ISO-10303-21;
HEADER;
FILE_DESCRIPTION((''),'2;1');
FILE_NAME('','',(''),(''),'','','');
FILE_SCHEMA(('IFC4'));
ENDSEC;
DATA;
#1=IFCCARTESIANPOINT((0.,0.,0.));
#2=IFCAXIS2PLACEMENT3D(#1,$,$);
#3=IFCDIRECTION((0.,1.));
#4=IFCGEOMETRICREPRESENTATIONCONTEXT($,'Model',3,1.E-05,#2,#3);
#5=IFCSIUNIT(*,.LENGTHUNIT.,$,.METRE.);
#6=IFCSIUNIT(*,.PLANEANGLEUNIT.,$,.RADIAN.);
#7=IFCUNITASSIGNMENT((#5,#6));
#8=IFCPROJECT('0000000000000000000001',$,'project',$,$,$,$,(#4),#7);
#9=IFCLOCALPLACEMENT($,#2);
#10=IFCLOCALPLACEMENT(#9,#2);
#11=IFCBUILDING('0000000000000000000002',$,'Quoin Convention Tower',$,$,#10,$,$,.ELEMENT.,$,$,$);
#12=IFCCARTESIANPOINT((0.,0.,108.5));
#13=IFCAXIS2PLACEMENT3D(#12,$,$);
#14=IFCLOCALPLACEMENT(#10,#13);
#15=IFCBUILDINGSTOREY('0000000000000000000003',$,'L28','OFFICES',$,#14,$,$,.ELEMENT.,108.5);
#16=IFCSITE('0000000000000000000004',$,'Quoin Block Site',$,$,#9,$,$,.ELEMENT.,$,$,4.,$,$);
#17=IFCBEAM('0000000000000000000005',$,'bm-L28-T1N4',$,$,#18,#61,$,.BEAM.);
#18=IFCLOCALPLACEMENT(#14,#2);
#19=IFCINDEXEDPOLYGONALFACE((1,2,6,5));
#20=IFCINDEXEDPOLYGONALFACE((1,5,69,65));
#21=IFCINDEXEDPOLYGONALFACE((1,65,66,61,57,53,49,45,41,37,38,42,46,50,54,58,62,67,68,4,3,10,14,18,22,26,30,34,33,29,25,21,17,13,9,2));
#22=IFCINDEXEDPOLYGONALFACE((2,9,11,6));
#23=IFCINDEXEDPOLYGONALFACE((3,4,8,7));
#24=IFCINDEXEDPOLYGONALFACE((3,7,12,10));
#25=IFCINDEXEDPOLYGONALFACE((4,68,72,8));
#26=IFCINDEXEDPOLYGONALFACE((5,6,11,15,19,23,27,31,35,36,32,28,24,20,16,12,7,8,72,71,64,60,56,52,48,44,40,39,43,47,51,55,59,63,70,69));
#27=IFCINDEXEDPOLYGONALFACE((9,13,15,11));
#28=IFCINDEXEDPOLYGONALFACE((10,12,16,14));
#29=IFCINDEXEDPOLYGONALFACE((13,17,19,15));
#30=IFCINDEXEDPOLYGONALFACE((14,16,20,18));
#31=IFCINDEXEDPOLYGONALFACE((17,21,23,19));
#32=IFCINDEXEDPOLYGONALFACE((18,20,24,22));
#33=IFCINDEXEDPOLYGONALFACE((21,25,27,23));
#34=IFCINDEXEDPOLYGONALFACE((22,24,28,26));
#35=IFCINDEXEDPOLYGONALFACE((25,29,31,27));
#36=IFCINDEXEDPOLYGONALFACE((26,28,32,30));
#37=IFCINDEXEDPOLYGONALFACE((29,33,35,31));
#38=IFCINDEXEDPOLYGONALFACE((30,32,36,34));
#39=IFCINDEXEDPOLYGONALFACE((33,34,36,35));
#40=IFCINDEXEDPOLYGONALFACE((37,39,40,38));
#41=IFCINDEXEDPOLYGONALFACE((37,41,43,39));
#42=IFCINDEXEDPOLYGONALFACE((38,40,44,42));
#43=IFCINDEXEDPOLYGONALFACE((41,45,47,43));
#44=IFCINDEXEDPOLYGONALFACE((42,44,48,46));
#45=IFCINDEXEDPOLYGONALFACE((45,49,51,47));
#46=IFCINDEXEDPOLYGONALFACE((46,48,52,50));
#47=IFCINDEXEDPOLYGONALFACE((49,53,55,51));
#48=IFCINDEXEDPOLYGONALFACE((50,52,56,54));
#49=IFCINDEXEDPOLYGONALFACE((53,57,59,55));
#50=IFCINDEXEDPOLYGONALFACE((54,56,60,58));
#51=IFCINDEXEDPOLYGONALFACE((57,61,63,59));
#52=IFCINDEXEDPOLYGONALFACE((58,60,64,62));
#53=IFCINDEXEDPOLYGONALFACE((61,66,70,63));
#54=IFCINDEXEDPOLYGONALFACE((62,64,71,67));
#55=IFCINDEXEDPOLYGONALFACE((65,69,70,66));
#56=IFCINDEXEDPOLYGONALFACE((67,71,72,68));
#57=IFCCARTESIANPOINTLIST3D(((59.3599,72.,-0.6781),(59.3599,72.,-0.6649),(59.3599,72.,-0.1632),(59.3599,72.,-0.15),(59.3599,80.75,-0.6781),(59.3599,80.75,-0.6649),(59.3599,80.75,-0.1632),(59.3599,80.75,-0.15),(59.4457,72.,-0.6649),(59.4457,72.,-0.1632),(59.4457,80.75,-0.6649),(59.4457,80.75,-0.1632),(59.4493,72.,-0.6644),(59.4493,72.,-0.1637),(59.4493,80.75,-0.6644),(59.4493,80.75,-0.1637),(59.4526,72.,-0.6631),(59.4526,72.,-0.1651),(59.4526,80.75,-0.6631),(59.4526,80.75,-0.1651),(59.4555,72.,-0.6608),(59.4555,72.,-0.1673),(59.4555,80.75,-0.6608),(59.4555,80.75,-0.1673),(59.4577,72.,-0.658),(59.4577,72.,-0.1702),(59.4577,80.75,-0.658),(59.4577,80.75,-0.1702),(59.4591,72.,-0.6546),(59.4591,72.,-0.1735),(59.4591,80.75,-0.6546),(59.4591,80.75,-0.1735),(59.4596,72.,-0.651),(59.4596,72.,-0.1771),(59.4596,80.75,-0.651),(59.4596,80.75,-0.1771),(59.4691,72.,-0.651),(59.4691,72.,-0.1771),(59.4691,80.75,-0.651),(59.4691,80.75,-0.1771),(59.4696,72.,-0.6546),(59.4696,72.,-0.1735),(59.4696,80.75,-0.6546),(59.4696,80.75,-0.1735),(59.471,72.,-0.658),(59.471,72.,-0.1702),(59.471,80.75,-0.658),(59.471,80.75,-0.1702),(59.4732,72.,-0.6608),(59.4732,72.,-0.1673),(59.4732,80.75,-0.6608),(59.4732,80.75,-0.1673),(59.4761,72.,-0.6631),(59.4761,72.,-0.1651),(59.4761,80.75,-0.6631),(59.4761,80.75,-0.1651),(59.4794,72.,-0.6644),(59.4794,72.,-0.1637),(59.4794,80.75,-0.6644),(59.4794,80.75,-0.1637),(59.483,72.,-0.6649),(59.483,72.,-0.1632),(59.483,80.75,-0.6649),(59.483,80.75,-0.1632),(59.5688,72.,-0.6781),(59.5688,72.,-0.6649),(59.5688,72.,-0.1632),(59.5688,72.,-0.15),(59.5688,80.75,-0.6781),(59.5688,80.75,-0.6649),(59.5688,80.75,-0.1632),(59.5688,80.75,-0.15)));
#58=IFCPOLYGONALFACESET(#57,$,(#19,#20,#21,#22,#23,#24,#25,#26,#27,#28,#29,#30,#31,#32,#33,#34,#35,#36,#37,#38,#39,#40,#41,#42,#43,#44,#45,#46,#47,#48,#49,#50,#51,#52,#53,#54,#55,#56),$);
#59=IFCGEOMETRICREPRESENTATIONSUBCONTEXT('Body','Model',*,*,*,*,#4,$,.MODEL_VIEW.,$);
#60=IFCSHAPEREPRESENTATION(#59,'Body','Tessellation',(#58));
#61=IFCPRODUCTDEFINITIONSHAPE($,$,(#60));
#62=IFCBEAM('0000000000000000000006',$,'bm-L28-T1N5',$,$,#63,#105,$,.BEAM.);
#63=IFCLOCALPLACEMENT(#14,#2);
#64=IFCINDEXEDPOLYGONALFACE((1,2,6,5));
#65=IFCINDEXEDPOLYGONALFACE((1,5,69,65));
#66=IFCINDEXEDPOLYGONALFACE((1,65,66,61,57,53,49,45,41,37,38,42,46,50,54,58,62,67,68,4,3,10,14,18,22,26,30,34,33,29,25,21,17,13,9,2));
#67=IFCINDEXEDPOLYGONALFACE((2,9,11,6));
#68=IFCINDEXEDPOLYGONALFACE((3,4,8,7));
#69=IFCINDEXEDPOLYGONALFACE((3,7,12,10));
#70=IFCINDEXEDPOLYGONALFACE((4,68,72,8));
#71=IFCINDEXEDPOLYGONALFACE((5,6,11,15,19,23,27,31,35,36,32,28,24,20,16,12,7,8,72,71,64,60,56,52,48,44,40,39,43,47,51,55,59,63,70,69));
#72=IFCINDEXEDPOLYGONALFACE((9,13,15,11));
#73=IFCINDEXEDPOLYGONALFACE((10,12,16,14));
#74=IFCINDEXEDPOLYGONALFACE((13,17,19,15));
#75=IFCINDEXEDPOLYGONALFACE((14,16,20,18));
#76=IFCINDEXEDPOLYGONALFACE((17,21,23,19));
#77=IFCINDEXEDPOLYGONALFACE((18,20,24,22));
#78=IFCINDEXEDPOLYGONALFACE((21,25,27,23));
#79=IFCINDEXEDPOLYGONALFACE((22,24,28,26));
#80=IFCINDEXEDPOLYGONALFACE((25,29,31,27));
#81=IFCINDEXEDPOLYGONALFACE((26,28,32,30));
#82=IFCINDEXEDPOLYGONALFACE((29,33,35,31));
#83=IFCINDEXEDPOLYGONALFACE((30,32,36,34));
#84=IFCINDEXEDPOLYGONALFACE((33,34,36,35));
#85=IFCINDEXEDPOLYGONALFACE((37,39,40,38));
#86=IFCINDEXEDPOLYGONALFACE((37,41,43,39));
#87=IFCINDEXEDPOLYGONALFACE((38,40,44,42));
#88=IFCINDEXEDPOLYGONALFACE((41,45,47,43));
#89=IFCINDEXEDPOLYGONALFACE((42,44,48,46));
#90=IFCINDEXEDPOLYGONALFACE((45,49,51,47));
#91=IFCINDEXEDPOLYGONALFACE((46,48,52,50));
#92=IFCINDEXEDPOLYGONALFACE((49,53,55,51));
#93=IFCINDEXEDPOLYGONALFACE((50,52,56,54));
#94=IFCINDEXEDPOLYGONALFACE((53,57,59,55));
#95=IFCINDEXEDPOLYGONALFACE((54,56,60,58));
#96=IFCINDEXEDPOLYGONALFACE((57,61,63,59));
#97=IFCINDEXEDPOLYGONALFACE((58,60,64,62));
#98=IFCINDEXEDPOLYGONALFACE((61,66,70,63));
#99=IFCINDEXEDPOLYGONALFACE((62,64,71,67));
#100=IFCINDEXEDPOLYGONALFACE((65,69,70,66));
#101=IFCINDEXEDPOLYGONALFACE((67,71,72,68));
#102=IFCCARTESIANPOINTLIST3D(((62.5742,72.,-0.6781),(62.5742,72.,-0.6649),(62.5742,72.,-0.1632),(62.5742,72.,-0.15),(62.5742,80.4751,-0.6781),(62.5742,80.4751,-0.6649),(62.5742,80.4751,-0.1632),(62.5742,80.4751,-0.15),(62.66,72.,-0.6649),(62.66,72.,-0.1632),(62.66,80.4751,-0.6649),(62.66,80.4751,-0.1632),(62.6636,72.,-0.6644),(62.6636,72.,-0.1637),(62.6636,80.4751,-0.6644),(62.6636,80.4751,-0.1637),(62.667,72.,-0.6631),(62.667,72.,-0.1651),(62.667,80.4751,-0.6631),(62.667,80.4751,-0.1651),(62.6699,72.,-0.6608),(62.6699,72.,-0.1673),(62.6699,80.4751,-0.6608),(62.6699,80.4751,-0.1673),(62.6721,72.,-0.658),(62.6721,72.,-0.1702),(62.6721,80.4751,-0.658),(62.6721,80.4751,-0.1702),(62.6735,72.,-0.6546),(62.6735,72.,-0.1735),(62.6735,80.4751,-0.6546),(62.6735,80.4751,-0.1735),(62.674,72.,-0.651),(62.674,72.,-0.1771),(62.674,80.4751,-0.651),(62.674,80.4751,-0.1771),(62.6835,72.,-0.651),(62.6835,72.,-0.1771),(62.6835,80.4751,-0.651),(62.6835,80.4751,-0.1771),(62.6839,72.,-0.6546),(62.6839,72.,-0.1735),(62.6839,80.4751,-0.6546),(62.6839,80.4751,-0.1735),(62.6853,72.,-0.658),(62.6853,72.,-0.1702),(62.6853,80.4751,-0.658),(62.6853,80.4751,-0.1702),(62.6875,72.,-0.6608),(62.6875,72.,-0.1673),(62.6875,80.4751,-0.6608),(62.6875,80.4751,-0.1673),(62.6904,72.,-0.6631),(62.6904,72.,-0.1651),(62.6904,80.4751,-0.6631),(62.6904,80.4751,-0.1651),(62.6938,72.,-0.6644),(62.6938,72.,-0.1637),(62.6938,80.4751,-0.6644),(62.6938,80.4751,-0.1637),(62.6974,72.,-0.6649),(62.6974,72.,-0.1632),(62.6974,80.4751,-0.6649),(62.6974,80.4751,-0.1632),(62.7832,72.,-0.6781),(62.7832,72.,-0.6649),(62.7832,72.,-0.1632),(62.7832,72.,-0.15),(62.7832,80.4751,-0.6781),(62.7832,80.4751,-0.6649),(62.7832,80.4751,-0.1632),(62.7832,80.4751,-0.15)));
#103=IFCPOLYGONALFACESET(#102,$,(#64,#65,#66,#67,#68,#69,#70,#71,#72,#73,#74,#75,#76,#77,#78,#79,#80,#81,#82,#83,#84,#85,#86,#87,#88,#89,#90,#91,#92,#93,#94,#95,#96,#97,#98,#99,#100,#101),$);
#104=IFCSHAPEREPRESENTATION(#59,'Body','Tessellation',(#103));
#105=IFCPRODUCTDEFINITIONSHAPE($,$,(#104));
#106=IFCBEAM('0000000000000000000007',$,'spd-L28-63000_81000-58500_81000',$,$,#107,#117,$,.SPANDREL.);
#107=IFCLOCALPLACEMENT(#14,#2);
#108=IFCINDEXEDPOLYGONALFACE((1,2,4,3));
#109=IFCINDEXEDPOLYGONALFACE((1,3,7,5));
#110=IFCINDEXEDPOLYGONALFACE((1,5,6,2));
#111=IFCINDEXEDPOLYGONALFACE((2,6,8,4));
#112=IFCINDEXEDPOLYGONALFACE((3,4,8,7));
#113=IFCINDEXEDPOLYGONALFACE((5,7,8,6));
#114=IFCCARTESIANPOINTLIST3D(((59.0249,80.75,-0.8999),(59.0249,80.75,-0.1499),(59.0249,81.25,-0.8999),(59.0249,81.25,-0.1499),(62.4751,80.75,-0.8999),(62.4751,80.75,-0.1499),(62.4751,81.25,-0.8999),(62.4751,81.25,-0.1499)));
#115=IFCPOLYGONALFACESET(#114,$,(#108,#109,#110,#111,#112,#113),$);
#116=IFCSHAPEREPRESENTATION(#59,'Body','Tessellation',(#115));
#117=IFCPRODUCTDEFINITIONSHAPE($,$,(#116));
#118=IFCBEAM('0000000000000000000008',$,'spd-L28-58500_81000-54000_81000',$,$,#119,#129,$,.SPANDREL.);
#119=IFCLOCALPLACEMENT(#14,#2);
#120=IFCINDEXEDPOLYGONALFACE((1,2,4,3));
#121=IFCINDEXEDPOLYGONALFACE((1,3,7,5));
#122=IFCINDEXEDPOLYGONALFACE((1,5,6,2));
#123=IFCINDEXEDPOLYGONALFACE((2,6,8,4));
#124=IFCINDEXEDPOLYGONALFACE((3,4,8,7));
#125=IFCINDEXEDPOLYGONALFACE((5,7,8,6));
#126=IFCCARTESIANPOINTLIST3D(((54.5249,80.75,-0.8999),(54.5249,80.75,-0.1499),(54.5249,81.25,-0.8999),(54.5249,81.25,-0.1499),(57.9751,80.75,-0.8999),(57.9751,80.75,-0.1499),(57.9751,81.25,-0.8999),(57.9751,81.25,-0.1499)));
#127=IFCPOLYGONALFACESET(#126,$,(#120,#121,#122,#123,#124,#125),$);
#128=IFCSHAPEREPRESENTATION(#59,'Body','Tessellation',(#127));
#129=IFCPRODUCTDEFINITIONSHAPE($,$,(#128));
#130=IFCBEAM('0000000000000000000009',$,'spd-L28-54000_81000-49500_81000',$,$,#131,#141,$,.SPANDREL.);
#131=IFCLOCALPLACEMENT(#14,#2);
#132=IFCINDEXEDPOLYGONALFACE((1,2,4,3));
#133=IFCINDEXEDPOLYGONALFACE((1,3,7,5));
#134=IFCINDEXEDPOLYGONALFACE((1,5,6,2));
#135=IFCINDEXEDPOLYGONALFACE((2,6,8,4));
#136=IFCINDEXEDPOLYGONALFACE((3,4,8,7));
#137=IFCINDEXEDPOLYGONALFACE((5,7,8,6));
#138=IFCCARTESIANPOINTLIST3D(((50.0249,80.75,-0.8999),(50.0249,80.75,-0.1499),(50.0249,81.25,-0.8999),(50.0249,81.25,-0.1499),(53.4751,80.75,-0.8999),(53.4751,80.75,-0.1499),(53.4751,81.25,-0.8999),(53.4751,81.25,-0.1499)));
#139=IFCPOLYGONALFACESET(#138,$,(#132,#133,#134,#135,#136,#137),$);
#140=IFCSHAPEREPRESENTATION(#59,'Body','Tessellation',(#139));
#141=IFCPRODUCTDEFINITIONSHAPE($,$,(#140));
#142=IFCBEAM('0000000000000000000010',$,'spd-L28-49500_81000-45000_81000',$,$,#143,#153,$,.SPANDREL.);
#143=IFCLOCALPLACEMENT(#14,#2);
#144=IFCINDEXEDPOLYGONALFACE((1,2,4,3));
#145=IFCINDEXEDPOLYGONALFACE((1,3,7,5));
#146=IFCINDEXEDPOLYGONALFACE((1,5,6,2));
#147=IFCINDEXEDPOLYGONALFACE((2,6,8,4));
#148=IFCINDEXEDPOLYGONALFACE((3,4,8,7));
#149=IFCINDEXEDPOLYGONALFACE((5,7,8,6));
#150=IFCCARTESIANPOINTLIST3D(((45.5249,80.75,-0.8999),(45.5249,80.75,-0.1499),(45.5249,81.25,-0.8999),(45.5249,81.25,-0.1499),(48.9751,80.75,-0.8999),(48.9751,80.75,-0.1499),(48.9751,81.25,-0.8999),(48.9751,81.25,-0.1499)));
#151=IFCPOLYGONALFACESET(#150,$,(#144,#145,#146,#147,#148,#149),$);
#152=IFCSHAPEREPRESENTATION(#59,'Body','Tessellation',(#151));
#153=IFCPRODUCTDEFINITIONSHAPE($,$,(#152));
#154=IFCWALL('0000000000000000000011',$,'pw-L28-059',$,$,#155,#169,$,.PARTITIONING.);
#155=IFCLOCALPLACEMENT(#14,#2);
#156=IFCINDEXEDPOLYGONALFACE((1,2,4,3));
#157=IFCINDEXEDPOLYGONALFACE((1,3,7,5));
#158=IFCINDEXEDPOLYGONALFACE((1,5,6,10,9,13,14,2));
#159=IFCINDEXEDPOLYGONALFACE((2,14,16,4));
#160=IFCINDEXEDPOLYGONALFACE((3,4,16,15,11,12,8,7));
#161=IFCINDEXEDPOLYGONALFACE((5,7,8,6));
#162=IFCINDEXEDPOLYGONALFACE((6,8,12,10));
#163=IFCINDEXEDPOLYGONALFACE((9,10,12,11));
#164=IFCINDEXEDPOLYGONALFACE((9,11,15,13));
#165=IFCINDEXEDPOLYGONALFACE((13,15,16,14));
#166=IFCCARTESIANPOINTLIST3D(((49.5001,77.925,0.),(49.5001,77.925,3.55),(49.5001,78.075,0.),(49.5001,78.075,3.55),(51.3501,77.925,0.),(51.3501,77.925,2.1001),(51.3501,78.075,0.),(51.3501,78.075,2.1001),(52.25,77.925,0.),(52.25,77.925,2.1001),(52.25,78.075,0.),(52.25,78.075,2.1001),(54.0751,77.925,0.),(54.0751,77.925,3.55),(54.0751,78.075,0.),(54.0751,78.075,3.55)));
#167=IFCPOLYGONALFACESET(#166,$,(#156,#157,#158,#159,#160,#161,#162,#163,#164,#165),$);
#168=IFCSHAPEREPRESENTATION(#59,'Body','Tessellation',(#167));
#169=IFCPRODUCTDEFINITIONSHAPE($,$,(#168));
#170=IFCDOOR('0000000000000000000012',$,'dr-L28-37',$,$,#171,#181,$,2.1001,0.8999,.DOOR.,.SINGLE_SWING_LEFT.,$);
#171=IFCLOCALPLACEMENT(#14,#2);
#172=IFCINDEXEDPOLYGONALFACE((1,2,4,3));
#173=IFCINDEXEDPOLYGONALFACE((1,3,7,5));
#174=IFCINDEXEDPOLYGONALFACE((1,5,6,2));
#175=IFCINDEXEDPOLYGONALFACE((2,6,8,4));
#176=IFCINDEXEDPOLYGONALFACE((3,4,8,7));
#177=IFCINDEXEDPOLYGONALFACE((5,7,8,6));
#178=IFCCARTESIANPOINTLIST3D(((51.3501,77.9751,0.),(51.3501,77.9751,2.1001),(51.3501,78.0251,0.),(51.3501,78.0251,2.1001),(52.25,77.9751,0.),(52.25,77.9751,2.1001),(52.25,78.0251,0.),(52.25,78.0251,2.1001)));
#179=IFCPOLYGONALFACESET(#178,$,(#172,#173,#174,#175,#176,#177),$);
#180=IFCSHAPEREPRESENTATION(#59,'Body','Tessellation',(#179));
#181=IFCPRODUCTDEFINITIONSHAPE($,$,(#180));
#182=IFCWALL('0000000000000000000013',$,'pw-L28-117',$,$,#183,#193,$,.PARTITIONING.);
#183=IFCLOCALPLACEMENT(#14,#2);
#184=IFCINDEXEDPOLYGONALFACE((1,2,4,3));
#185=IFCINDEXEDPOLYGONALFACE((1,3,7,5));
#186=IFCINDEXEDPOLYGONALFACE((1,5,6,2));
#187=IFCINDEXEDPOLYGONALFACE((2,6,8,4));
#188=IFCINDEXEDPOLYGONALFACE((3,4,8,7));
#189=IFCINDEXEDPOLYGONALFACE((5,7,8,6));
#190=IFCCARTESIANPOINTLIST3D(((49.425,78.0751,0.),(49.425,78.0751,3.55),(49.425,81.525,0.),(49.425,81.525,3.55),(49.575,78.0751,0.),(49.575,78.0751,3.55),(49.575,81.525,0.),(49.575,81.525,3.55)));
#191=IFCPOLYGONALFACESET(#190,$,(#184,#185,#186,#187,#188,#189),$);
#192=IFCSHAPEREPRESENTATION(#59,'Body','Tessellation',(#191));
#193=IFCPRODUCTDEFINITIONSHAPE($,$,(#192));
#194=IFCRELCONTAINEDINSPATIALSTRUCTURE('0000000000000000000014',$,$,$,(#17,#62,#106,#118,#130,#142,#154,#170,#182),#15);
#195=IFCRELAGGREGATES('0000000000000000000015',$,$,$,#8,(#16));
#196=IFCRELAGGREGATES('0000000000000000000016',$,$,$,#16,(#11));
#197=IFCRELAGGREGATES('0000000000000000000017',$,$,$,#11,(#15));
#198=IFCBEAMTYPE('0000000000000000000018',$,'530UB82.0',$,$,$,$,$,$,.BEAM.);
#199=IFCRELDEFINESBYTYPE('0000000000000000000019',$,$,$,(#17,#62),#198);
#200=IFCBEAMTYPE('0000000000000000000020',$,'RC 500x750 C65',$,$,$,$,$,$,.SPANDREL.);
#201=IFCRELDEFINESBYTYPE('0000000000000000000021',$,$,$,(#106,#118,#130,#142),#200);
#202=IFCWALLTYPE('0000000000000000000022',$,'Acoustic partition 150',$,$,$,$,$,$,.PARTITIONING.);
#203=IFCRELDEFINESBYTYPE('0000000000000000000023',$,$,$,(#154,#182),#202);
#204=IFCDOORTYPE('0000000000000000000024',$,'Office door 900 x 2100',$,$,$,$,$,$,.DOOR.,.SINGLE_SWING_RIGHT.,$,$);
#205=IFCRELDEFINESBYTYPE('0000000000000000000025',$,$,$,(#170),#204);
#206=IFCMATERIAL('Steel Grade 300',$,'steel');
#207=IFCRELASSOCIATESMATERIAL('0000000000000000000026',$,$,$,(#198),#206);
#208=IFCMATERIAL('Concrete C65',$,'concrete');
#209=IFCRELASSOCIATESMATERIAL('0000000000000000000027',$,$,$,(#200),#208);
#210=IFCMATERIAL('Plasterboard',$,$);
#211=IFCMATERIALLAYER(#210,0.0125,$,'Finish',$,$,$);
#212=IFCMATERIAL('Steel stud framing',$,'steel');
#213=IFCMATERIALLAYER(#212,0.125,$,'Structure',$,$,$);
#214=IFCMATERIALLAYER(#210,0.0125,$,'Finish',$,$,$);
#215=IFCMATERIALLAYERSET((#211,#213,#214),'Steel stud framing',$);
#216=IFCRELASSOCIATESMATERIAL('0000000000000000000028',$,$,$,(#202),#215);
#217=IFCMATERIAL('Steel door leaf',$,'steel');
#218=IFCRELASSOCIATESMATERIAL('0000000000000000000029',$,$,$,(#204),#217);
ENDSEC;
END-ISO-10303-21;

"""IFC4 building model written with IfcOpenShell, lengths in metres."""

from ifc_helpers import new_model, si_unit, direction, frame, frame_2d, origin, origin_2d, place, context, subcontext, project, spatial, rectangle, i_section, extrude, material, layer, layer_set, material_profile, profile_set, type_object, element, fill, save


model = new_model("IFC4")

# Units and contexts
model_context = context("Model", 3, precision=1e-05, world=origin(), true_north=direction((0.0, 1.0)))
body_context = subcontext(model_context, "Body", "Model", "MODEL_VIEW")
ifc_project = project(units=[si_unit("LENGTHUNIT", "METRE"), si_unit("PLANEANGLEUNIT", "RADIAN")], contexts=[model_context])

# Site, building, storey
site_placement = place(None, origin())
site = spatial("IfcSite", under=ifc_project, at=site_placement, Name="Quoin Block Site", CompositionType="ELEMENT", RefElevation=4.0)
building_placement = place(site_placement, origin())
building = spatial("IfcBuilding", under=site, at=building_placement, Name="Quoin Convention Tower", CompositionType="ELEMENT")
storey_placement = place(building_placement, frame((0.0, 0.0, 108.5)))
storey = spatial("IfcBuildingStorey", under=building, at=storey_placement, Name="L28", Description="OFFICES", CompositionType="ELEMENT", Elevation=108.5)

# Shared definitions
ifc_material_1 = material(Name="Concrete C65", Category="concrete")

# Beams
ifc_material_2 = material(Name="Steel Grade 300", Category="steel")
ifc_material_profile_1 = material_profile(ifc_material_2, i_section(OverallWidth=0.209, OverallDepth=0.5281, WebThickness=0.0095, FlangeThickness=0.0132, FilletRadius=0.0139, at=origin_2d()), Name="530UB82.0")
ifc_profile_set_1 = profile_set([ifc_material_profile_1], Name="Steel Grade 300")
beam_type_1 = type_object("IfcBeamType", Name="530UB82.0", PredefinedType="BEAM", material=ifc_profile_set_1)
for number, where, z_axis, x_axis, name in (
    (1, (59.4644, 72.0, -0.4141), (0.0, 1.0, 0.0), (-1.0, 0.0, 0.0), "bm-L28-T1N4"),
):
    element("IfcBeam", number, at=place(storey_placement, frame(where, z_axis=z_axis, x_axis=x_axis)), inside=storey, type_object=beam_type_1, Name=name, PredefinedType="BEAM", context=body_context, shape_type="SweptSolid", body=[
        extrude(i_section(OverallWidth=0.209, OverallDepth=0.5281, WebThickness=0.0095, FlangeThickness=0.0132, FilletRadius=0.0139, at=origin_2d()), origin(), (0.0, 0.0, 1.0), 8.75),
    ])
beam_1_placement = place(storey_placement, frame((62.6787, 72.0, -0.4141), z_axis=(0.0, 1.0, 0.0), x_axis=(-1.0, 0.0, 0.0)))
element("IfcBeam", 2, at=beam_1_placement, inside=storey, type_object=beam_type_1, Name="bm-L28-T1N5", PredefinedType="BEAM", context=body_context, shape_type="SweptSolid", body=[
    extrude(i_section(OverallWidth=0.209, OverallDepth=0.5281, WebThickness=0.0095, FlangeThickness=0.0132, FilletRadius=0.0139, at=origin_2d()), origin(), (0.0, 0.0, 1.0), 8.4751),
])
ifc_material_profile_2 = material_profile(ifc_material_1, rectangle(XDim=0.5, YDim=0.75, at=origin_2d()), Name="RC 500x750")
ifc_profile_set_2 = profile_set([ifc_material_profile_2], Name="Concrete C65")
beam_type_2 = type_object("IfcBeamType", Name="RC 500x750 C65", PredefinedType="SPANDREL", material=ifc_profile_set_2)
for number, where, z_axis, x_axis, name in (
    (3, (62.4751, 81.0, -0.5249), (-1.0, 0.0, 0.0), (0.0, -1.0, 0.0), "spd-L28-63000_81000-58500_81000"),
    (4, (57.9751, 81.0, -0.5249), (-1.0, 0.0, 0.0), (0.0, -1.0, 0.0), "spd-L28-58500_81000-54000_81000"),
    (5, (53.4751, 81.0, -0.5249), (-1.0, 0.0, 0.0), (0.0, -1.0, 0.0), "spd-L28-54000_81000-49500_81000"),
    (6, (48.9751, 81.0, -0.5249), (-1.0, 0.0, 0.0), (0.0, -1.0, 0.0), "spd-L28-49500_81000-45000_81000"),
):
    element("IfcBeam", number, at=place(storey_placement, frame(where, z_axis=z_axis, x_axis=x_axis)), inside=storey, type_object=beam_type_2, Name=name, PredefinedType="SPANDREL", context=body_context, shape_type="SweptSolid", body=[
        extrude(rectangle(XDim=0.5, YDim=0.75, at=origin_2d()), origin(), (0.0, 0.0, 1.0), 3.4502),
    ])

# Wall, opening, door
ifc_material_3 = material(Name="Plasterboard")
ifc_layer_1 = layer(ifc_material_3, 0.0125, Name="Finish")
ifc_material_4 = material(Name="Steel stud framing", Category="steel")
ifc_layer_2 = layer(ifc_material_4, 0.125, Name="Structure")
ifc_layer_3 = layer(ifc_material_3, 0.0125, Name="Finish")
ifc_layer_set_1 = layer_set([ifc_layer_1, ifc_layer_2, ifc_layer_3], Name="Steel stud framing")
wall_type_1 = type_object("IfcWallType", Name="Acoustic partition 150", PredefinedType="PARTITIONING", material=ifc_layer_set_1)
wall_1_placement = place(storey_placement, frame((49.5, 78.0, 0.0), z_axis=(0.0, 0.0, 1.0), x_axis=(1.0, 0.0, 0.0)))
wall_1 = element("IfcWall", 7, at=wall_1_placement, inside=storey, type_object=wall_type_1, Name="pw-L28-059", PredefinedType="PARTITIONING", context=body_context, shape_type="SweptSolid", body=[
    extrude(rectangle(XDim=4.575, YDim=0.1499, at=frame_2d((2.2876, 0.0))), origin(), (0.0, 0.0, 1.0), 3.55),
])
opening_1_placement = place(wall_1_placement, frame((1.8501, 0.0, 0.0)))
opening_1 = element("IfcOpeningElement", 8, at=opening_1_placement, cuts=wall_1, PredefinedType="OPENING", context=body_context, shape_type="SweptSolid", body=[
    extrude(rectangle(XDim=0.8999, YDim=2.1001, at=frame_2d((0.45, 1.05))), frame((0.0, 0.085, 0.0), z_axis=(0.0, -1.0, 0.0), x_axis=(1.0, 0.0, 0.0)), (0.0, 0.0, 1.0), 0.1699),
])
ifc_material_5 = material(Name="Steel door leaf", Category="steel")
door_type_1 = type_object("IfcDoorType", Name="Office door 900 x 2100", OperationType="SINGLE_SWING_RIGHT", PredefinedType="DOOR", material=ifc_material_5)
door_1_placement = place(opening_1_placement, frame((0.8999, 0.0, 0.0), z_axis=(0.0, 0.0, 1.0), x_axis=(-1.0, 0.0, 0.0)))
door_1 = element("IfcDoor", 9, at=door_1_placement, inside=storey, type_object=door_type_1, Name="dr-L28-37", OperationType="SINGLE_SWING_LEFT", OverallHeight=2.1001, OverallWidth=0.8999, PredefinedType="DOOR", context=body_context, shape_type="SweptSolid", body=[
    extrude(rectangle(XDim=0.8999, YDim=2.1001, at=frame_2d((0.45, 1.05))), frame((0.0, 0.0249, 0.0), z_axis=(0.0, -1.0, 0.0), x_axis=(1.0, 0.0, 0.0)), (0.0, 0.0, 1.0), 0.05),
])
fill(opening_1, door_1)

# Wall
for number, where, z_axis, x_axis, name in (
    (10, (49.5, 78.075, 0.0), (0.0, 0.0, 1.0), (0.0, 1.0, 0.0), "pw-L28-117"),
):
    element("IfcWall", number, at=place(storey_placement, frame(where, z_axis=z_axis, x_axis=x_axis)), inside=storey, type_object=wall_type_1, Name=name, PredefinedType="PARTITIONING", context=body_context, shape_type="SweptSolid", body=[
        extrude(rectangle(XDim=3.45, YDim=0.1499, at=frame_2d((1.7251, 0.0))), origin(), (0.0, 0.0, 1.0), 3.55),
    ])

save(model, "model.ifc")
